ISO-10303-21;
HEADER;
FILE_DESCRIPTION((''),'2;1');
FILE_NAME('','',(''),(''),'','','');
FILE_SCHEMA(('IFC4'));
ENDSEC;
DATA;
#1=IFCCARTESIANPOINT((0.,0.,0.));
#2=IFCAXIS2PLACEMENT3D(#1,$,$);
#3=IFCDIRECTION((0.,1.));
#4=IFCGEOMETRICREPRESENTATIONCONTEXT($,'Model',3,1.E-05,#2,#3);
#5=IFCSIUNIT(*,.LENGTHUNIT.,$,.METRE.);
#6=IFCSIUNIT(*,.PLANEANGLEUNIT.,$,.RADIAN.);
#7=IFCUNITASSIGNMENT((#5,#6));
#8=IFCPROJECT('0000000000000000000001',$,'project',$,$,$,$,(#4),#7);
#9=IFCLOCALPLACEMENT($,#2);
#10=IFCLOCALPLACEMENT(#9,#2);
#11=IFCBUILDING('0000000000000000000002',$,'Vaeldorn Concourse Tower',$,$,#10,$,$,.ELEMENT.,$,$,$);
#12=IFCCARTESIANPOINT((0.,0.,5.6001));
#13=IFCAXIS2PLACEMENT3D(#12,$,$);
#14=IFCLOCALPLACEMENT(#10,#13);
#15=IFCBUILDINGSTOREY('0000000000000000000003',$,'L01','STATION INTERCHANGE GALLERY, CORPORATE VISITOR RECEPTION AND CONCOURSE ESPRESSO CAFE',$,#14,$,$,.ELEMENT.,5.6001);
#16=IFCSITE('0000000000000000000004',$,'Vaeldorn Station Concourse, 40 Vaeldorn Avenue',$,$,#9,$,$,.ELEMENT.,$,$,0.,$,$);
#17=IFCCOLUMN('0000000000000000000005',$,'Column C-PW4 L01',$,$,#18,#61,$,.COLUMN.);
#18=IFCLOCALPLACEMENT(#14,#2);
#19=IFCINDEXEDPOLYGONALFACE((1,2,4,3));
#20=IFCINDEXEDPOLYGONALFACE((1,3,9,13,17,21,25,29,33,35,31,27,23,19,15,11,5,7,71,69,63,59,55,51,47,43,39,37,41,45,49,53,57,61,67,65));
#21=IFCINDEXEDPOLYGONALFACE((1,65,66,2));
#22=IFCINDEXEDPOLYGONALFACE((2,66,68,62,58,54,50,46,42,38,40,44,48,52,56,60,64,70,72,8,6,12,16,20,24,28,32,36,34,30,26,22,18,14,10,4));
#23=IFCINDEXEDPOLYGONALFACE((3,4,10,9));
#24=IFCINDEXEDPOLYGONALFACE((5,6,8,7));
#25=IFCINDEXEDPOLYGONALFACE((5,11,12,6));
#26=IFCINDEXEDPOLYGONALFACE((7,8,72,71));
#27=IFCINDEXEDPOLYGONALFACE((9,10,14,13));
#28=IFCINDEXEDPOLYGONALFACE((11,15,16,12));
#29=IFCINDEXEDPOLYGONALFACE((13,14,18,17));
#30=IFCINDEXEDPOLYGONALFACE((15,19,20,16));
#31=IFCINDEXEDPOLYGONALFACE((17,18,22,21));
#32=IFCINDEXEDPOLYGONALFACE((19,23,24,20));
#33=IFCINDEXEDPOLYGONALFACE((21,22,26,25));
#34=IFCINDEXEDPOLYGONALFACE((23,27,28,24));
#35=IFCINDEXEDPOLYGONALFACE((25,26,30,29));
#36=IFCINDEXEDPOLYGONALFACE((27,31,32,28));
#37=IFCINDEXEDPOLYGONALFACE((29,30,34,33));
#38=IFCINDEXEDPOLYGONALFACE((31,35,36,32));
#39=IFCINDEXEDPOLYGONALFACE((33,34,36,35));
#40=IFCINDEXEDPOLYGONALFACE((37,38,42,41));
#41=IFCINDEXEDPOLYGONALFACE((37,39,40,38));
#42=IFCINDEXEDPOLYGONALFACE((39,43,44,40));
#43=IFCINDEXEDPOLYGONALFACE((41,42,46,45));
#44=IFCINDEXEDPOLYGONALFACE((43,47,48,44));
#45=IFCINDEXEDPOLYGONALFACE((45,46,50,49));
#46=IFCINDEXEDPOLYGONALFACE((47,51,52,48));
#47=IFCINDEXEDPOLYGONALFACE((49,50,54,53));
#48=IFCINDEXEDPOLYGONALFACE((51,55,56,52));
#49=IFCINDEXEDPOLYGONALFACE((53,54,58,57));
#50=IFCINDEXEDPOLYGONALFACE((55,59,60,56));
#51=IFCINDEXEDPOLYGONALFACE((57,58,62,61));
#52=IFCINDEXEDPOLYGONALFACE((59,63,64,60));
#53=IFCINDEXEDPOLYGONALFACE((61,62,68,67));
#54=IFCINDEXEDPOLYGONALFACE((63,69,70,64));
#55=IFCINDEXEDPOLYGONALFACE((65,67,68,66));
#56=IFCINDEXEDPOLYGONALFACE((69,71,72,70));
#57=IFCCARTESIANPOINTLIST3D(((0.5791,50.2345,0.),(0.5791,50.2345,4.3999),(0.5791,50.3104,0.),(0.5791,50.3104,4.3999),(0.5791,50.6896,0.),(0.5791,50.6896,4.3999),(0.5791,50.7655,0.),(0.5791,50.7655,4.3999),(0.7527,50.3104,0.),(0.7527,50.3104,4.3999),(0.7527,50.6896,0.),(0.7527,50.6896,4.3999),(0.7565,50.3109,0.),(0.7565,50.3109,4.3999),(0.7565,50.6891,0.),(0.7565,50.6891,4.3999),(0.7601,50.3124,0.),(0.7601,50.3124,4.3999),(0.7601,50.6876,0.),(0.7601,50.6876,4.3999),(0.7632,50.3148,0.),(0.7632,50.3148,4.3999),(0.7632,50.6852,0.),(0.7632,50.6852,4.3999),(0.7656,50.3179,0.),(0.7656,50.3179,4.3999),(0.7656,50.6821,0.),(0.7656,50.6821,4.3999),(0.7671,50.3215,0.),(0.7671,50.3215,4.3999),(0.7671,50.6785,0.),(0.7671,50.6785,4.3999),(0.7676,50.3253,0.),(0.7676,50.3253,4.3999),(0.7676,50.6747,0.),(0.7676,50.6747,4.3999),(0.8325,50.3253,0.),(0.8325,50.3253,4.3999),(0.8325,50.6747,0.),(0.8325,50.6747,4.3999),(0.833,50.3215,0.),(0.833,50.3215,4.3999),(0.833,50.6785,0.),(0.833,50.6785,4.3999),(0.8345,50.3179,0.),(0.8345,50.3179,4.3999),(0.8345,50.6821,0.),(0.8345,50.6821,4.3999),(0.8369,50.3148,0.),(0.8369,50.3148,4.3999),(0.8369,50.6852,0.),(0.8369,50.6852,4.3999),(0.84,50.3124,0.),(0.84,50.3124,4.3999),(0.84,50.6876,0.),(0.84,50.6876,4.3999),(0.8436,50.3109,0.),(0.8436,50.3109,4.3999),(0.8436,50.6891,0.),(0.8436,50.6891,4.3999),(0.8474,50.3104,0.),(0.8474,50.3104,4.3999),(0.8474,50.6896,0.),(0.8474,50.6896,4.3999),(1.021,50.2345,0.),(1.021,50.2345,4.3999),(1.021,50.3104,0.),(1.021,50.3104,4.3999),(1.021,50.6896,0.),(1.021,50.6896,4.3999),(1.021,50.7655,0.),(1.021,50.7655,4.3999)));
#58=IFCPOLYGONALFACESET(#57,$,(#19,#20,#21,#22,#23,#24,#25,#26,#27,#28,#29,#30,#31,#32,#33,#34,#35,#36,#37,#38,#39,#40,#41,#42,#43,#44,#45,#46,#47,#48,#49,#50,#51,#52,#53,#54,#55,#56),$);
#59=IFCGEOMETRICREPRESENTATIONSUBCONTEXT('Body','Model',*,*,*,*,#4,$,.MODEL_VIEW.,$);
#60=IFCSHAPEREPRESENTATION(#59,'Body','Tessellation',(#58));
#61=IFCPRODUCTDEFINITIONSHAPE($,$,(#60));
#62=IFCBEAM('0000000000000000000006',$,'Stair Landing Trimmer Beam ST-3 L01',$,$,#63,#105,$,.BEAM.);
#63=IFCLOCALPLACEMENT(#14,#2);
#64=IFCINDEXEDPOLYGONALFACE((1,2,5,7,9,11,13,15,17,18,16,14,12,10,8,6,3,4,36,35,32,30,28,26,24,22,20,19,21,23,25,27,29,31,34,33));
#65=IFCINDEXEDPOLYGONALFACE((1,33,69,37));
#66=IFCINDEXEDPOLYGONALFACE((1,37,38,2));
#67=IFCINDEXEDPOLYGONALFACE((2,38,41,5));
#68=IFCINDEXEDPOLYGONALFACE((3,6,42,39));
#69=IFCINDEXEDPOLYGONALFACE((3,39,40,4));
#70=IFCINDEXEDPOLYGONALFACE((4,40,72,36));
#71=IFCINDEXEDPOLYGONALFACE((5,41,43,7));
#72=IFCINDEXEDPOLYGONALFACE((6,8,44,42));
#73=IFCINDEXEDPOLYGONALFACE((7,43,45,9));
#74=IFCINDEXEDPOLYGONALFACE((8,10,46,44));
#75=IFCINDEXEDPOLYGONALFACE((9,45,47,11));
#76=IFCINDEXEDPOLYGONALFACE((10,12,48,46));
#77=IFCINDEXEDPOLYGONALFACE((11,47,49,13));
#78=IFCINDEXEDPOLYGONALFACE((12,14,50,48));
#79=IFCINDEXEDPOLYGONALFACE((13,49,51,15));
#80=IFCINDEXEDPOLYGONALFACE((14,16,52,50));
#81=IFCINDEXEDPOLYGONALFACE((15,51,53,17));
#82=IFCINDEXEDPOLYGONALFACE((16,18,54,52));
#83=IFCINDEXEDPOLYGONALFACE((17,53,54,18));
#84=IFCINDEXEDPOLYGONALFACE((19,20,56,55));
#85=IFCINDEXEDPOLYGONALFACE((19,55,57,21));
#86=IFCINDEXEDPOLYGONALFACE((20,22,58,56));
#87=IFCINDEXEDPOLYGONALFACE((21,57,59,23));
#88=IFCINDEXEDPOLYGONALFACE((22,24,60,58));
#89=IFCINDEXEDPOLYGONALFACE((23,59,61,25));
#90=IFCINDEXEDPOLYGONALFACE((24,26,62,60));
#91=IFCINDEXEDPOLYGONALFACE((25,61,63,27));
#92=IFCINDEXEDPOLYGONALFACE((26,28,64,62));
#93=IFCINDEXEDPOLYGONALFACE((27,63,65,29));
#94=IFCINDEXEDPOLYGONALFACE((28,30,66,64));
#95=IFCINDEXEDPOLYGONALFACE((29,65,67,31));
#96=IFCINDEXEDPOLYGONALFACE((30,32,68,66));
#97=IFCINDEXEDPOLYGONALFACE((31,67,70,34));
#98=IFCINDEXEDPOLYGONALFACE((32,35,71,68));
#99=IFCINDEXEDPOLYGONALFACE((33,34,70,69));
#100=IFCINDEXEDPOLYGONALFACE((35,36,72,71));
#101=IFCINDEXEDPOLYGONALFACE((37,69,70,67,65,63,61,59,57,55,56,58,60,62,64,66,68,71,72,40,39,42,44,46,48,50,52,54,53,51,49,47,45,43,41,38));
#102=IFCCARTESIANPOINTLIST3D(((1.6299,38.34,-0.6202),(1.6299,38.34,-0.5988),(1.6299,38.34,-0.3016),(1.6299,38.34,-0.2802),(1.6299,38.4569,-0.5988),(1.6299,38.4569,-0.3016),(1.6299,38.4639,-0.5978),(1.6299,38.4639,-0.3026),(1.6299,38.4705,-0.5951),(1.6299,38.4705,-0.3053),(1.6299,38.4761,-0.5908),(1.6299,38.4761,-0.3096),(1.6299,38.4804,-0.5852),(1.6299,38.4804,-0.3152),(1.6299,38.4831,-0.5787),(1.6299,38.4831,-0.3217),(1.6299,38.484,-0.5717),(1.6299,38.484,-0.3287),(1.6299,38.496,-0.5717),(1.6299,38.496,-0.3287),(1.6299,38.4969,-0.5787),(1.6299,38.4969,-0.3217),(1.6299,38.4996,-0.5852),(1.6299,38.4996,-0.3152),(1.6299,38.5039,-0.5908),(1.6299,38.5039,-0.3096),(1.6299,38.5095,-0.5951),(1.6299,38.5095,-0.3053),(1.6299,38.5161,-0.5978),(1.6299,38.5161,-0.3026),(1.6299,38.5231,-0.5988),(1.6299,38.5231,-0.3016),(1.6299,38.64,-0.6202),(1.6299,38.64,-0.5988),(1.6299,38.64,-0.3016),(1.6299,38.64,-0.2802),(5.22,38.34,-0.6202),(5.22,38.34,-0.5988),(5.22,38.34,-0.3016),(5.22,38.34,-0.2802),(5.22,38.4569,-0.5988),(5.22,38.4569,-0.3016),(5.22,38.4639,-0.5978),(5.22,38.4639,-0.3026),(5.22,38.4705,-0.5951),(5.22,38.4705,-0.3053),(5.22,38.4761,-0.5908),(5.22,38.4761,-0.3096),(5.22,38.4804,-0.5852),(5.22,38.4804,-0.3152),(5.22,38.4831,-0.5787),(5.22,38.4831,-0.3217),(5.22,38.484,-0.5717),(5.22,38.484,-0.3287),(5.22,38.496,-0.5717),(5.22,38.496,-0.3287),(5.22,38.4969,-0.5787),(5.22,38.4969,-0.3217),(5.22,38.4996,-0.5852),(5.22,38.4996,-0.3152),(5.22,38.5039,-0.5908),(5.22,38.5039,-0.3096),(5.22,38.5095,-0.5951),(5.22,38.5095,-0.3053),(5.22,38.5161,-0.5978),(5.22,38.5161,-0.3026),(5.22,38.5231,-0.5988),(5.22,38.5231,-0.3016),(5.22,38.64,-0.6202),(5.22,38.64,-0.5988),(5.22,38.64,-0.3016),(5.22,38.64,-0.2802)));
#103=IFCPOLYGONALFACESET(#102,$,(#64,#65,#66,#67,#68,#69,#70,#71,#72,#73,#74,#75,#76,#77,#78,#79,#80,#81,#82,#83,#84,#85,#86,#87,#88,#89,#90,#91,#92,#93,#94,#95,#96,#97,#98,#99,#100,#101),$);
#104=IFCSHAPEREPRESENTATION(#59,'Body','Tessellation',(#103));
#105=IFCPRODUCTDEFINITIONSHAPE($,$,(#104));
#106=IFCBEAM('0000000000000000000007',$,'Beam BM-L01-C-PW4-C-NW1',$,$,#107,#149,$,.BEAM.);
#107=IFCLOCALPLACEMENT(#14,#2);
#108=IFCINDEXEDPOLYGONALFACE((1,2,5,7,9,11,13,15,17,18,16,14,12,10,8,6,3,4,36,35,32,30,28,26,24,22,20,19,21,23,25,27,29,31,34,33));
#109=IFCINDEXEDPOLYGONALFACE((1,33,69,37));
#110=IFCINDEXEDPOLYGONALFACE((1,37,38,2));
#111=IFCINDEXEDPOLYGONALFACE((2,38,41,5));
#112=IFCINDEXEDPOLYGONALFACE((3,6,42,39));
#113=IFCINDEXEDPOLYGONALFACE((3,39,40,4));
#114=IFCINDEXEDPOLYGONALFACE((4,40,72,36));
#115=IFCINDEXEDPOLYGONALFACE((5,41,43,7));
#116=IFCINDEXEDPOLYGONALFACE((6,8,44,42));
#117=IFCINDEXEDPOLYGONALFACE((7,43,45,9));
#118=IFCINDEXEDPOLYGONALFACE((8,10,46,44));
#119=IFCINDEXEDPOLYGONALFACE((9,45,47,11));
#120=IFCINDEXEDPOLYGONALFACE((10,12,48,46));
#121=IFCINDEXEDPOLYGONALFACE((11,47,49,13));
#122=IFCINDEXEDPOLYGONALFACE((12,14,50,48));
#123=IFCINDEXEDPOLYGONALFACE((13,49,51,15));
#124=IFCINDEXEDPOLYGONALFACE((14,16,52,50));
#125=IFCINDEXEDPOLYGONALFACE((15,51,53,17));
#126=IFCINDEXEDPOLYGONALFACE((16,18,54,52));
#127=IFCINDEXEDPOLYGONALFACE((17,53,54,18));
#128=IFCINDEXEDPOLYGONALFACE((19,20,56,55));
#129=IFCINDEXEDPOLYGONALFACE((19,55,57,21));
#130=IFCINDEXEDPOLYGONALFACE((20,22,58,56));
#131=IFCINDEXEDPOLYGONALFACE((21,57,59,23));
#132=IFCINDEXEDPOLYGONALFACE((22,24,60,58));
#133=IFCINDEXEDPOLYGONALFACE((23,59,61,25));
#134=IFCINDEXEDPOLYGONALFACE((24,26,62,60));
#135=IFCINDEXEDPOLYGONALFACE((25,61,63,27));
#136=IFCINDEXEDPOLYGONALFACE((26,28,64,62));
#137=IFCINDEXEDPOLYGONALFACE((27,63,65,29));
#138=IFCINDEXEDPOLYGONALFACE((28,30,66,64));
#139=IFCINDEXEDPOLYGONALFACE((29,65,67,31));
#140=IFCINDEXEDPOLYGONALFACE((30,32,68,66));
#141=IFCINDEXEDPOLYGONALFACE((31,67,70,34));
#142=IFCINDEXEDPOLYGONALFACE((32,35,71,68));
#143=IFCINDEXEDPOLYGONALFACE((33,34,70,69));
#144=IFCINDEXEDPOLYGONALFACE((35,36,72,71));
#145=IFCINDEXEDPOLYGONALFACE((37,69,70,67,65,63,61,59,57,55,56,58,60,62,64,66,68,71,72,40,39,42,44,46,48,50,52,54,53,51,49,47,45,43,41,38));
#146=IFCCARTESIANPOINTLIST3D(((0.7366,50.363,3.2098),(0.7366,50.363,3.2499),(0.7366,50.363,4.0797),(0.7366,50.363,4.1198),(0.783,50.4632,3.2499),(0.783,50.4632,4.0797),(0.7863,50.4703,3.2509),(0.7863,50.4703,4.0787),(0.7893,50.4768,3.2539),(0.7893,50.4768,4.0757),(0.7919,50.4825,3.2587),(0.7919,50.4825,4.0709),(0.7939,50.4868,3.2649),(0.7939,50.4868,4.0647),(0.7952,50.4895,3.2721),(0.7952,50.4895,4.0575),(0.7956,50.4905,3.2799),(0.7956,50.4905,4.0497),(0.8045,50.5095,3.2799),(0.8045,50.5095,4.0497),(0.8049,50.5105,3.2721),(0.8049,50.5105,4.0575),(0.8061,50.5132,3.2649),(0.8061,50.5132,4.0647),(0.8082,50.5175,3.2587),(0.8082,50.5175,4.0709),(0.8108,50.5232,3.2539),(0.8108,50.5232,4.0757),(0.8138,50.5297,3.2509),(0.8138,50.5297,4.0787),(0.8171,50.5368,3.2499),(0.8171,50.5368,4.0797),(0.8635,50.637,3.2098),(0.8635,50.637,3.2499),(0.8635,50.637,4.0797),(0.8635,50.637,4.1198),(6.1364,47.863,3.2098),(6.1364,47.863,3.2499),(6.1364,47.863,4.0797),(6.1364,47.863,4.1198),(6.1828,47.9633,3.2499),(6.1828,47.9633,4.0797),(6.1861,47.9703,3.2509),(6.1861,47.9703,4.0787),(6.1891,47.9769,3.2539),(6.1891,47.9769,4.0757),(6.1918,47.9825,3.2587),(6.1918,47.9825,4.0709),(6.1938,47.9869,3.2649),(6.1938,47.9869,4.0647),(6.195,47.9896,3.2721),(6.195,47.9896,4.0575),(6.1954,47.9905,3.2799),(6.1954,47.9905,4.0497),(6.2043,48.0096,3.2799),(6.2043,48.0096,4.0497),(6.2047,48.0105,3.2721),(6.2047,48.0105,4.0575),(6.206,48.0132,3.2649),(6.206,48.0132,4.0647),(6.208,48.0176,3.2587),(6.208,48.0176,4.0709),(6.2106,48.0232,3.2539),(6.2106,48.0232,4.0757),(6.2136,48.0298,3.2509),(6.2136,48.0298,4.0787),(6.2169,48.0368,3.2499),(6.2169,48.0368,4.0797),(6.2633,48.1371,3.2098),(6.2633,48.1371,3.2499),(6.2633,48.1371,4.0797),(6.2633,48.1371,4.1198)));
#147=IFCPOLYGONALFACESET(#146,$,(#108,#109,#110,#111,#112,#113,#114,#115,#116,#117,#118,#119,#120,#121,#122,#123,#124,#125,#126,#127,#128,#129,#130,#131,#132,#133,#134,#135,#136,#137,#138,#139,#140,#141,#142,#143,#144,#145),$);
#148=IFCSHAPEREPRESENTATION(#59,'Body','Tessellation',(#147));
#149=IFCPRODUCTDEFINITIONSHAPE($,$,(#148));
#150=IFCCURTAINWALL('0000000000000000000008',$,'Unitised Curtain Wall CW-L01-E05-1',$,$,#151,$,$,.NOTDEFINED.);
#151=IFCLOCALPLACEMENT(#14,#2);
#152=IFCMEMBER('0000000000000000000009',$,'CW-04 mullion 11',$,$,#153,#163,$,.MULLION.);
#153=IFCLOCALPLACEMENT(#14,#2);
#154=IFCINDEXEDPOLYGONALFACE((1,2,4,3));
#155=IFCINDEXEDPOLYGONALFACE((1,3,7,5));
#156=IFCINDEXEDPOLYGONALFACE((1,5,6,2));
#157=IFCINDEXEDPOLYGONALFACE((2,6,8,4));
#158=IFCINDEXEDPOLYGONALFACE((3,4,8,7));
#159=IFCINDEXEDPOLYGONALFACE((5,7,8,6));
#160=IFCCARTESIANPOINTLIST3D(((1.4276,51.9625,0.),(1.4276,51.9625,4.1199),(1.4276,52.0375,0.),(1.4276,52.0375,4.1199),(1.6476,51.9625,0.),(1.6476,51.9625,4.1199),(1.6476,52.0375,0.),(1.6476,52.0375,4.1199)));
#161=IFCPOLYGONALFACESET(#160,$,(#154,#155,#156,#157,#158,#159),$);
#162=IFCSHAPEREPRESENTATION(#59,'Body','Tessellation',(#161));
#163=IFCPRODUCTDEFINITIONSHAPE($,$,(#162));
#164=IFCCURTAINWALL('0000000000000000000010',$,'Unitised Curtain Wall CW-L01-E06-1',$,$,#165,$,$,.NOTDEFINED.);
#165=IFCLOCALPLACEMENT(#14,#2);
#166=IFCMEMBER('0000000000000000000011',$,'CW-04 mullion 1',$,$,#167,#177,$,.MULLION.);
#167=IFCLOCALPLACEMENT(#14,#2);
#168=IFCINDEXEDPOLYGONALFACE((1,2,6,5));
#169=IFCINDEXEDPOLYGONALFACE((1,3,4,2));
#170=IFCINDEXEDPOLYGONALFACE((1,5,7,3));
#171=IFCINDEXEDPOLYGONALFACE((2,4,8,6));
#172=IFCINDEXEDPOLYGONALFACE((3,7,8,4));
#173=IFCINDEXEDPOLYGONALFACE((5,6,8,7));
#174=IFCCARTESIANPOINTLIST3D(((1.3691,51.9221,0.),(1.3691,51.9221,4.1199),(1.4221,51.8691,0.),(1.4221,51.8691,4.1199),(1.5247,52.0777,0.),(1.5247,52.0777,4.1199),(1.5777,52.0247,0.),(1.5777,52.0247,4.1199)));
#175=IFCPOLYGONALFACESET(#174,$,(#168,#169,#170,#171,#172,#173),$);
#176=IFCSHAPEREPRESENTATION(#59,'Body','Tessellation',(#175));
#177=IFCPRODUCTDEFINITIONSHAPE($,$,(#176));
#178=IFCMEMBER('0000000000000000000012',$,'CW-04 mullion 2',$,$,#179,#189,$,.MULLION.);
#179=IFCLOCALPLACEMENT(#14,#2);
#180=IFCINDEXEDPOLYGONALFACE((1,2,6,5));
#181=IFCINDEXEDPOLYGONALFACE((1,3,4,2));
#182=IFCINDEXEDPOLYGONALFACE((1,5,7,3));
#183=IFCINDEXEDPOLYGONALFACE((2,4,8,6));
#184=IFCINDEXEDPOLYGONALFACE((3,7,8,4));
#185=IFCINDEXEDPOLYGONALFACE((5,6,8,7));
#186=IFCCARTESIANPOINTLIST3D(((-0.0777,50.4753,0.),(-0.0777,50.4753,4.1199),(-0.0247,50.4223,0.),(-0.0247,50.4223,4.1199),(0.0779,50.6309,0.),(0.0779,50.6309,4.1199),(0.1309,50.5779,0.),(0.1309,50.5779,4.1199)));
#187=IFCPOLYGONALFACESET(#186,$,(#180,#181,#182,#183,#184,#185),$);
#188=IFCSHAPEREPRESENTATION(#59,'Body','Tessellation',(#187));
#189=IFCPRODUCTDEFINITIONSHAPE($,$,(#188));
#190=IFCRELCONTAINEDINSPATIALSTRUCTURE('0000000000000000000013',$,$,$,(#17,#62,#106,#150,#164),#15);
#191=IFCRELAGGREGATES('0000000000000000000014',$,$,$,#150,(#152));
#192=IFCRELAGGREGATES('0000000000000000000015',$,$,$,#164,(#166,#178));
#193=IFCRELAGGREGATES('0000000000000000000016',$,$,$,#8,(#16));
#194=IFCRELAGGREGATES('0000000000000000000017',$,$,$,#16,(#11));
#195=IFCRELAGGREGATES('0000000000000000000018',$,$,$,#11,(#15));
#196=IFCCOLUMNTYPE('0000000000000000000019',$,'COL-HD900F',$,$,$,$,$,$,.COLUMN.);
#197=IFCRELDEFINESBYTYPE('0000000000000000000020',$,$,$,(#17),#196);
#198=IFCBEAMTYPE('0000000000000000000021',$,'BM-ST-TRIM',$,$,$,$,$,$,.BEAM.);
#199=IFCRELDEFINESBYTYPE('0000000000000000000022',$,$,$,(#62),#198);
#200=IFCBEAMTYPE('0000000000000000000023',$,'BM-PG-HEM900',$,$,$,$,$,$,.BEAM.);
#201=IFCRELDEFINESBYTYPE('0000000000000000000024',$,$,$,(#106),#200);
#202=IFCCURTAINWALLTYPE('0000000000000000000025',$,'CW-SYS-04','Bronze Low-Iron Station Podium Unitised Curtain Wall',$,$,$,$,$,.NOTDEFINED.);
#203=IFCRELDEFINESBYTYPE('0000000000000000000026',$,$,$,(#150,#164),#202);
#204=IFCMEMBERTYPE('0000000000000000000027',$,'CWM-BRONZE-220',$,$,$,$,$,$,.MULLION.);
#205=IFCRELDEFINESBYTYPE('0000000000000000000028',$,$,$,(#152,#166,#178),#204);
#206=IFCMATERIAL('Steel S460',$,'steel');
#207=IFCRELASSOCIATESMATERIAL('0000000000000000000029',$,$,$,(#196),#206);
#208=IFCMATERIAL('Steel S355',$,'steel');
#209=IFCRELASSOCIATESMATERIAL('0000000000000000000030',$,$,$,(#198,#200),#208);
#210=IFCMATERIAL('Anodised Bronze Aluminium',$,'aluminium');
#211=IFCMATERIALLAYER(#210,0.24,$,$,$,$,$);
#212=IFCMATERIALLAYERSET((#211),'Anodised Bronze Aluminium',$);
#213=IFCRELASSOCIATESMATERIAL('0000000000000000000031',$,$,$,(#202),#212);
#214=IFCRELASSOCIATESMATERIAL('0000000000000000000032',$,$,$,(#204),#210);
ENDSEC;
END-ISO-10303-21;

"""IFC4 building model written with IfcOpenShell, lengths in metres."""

from ifc_helpers import new_model, si_unit, direction, frame, origin, origin_2d, place, context, subcontext, project, spatial, rectangle, i_section, extrude, source, transform, mapped, material, layer, layer_set, material_profile, profile_set, type_object, element, aggregate, save


model = new_model("IFC4")

# Units and contexts
model_context = context("Model", 3, precision=1e-05, world=origin(), true_north=direction((0.0, 1.0)))
body_context = subcontext(model_context, "Body", "Model", "MODEL_VIEW")
ifc_project = project(units=[si_unit("LENGTHUNIT", "METRE"), si_unit("PLANEANGLEUNIT", "RADIAN")], contexts=[model_context])

# Site, building, storey
site_placement = place(None, origin())
site = spatial("IfcSite", under=ifc_project, at=site_placement, Name="Vaeldorn Station Concourse, 40 Vaeldorn Avenue", CompositionType="ELEMENT", RefElevation=0.0)
building_placement = place(site_placement, origin())
building = spatial("IfcBuilding", under=site, at=building_placement, Name="Vaeldorn Concourse Tower", CompositionType="ELEMENT")
storey_placement = place(building_placement, frame((0.0, 0.0, 5.6001)))
storey = spatial("IfcBuildingStorey", under=building, at=storey_placement, Name="L01", Description="STATION INTERCHANGE GALLERY, CORPORATE VISITOR RECEPTION AND CONCOURSE ESPRESSO CAFE", CompositionType="ELEMENT", Elevation=5.6001)

# Column
ifc_material_1 = material(Name="Steel S460", Category="steel")
ifc_material_profile_1 = material_profile(ifc_material_1, i_section(OverallWidth=0.4419, OverallDepth=0.531, WebThickness=0.0649, FlangeThickness=0.0759, FilletRadius=0.0149, at=origin_2d()), Name="HD 400x900")
ifc_profile_set_1 = profile_set([ifc_material_profile_1], Name="Steel S460")
column_type = type_object("IfcColumnType", Name="COL-HD900F", PredefinedType="COLUMN", material=ifc_profile_set_1)
shared_shape_1 = source(origin(), body_context, "Body", "SweptSolid", [
    extrude(i_section(OverallWidth=0.4419, OverallDepth=0.531, WebThickness=0.0649, FlangeThickness=0.0759, FilletRadius=0.0149, at=origin_2d()), origin(), (0.0, 0.0, 1.0), 4.3999),
])
column_placement = place(storey_placement, frame((0.8, 50.5, 0.0), z_axis=(0.0, 0.0, 1.0), x_axis=(1.0, 0.0, 0.0)))
element("IfcColumn", 1, at=column_placement, inside=storey, type_object=column_type, Name="Column C-PW4 L01", PredefinedType="COLUMN", context=body_context, shape_type="MappedRepresentation", body=[
    mapped(shared_shape_1, transform((0.0, 0.0, 0.0), scale=1.0)),
])

# Beams
ifc_material_2 = material(Name="Steel S355", Category="steel")
ifc_material_profile_2 = material_profile(ifc_material_2, i_section(OverallWidth=0.3, OverallDepth=0.3401, WebThickness=0.012, FlangeThickness=0.0215, FilletRadius=0.0271, at=origin_2d()), Name="HEB 340")
ifc_profile_set_2 = profile_set([ifc_material_profile_2], Name="Steel S355")
beam_type_1 = type_object("IfcBeamType", Name="BM-ST-TRIM", PredefinedType="BEAM", material=ifc_profile_set_2)
shared_shape_2 = source(origin(), body_context, "Body", "SweptSolid", [
    extrude(i_section(OverallWidth=0.3, OverallDepth=0.3401, WebThickness=0.012, FlangeThickness=0.0215, FilletRadius=0.0271, at=origin_2d()), origin(), (0.0, 0.0, 1.0), 3.5901),
])
beam_1_placement = place(storey_placement, frame((1.6299, 38.49, -0.4502), z_axis=(1.0, 0.0, 0.0), x_axis=(0.0, 1.0, 0.0)))
element("IfcBeam", 2, at=beam_1_placement, inside=storey, type_object=beam_type_1, Name="Stair Landing Trimmer Beam ST-3 L01", PredefinedType="BEAM", context=body_context, shape_type="MappedRepresentation", body=[
    mapped(shared_shape_2, transform((0.0, 0.0, 0.0), scale=1.0)),
])
ifc_material_profile_3 = material_profile(ifc_material_2, i_section(OverallWidth=0.302, OverallDepth=0.9099, WebThickness=0.021, FlangeThickness=0.04, FilletRadius=0.03, at=origin_2d()), Name="HEM 900")
ifc_profile_set_3 = profile_set([ifc_material_profile_3], Name="Steel S355")
beam_type_2 = type_object("IfcBeamType", Name="BM-PG-HEM900", PredefinedType="BEAM", material=ifc_profile_set_3)
shared_shape_3 = source(origin(), body_context, "Body", "SweptSolid", [
    extrude(i_section(OverallWidth=0.302, OverallDepth=0.9099, WebThickness=0.021, FlangeThickness=0.04, FilletRadius=0.03, at=origin_2d()), origin(), (0.0, 0.0, 1.0), 5.9504),
])
beam_2_placement = place(storey_placement, frame((0.8, 50.5, 3.6648), z_axis=(0.907464, -0.42013, 0.0), x_axis=(0.42013, 0.907464, 0.0)))
element("IfcBeam", 3, at=beam_2_placement, inside=storey, type_object=beam_type_2, Name="Beam BM-L01-C-PW4-C-NW1", PredefinedType="BEAM", context=body_context, shape_type="MappedRepresentation", body=[
    mapped(shared_shape_3, transform((0.0, 0.0, 0.0), scale=1.0)),
])

# Curtain wall, member
ifc_material_3 = material(Name="Anodised Bronze Aluminium", Category="aluminium")
ifc_layer_1 = layer(ifc_material_3, 0.24)
ifc_layer_set_1 = layer_set([ifc_layer_1], Name="Anodised Bronze Aluminium")
curtain_wall_type = type_object("IfcCurtainWallType", Name="CW-SYS-04", Description="Bronze Low-Iron Station Podium Unitised Curtain Wall", PredefinedType="NOTDEFINED", material=ifc_layer_set_1)
curtain_wall_1_placement = place(storey_placement, origin())
curtain_wall_1 = element("IfcCurtainWall", 4, at=curtain_wall_1_placement, inside=storey, type_object=curtain_wall_type, Name="Unitised Curtain Wall CW-L01-E05-1", PredefinedType="NOTDEFINED")
ifc_material_profile_4 = material_profile(ifc_material_3, rectangle(XDim=0.075, YDim=0.22, at=origin_2d()), Name="CWM 75x220")
ifc_profile_set_4 = profile_set([ifc_material_profile_4], Name="Anodised Bronze Aluminium")
member_type_1 = type_object("IfcMemberType", Name="CWM-BRONZE-220", PredefinedType="MULLION", material=ifc_profile_set_4)
shared_shape_4 = source(origin(), body_context, "Body", "SweptSolid", [
    extrude(rectangle(XDim=0.075, YDim=0.22, at=origin_2d()), origin(), (0.0, 0.0, 1.0), 4.1199),
])
member_1_placement = place(storey_placement, frame((1.5376, 52.0, 0.0), z_axis=(0.0, 0.0, 1.0), x_axis=(0.0, -1.0, 0.0)))
member_1 = element("IfcMember", 5, at=member_1_placement, type_object=member_type_1, Name="CW-04 mullion 11", PredefinedType="MULLION", context=body_context, shape_type="MappedRepresentation", body=[
    mapped(shared_shape_4, transform((0.0, 0.0, 0.0), scale=1.0)),
])
aggregate(curtain_wall_1, [member_1])

# Curtain wall, members
curtain_wall_2_placement = place(storey_placement, origin())
curtain_wall_2 = element("IfcCurtainWall", 6, at=curtain_wall_2_placement, inside=storey, type_object=curtain_wall_type, Name="Unitised Curtain Wall CW-L01-E06-1", PredefinedType="NOTDEFINED")
member_2_placement = place(storey_placement, frame((1.4734, 51.9734, 0.0), z_axis=(0.0, 0.0, 1.0), x_axis=(0.707107, -0.707107, 0.0)))
member_2 = element("IfcMember", 7, at=member_2_placement, type_object=member_type_1, Name="CW-04 mullion 1", PredefinedType="MULLION", context=body_context, shape_type="MappedRepresentation", body=[
    mapped(shared_shape_4, transform((0.0, 0.0, 0.0), scale=1.0)),
])
member_3_placement = place(storey_placement, frame((0.0266, 50.5266, 0.0), z_axis=(0.0, 0.0, 1.0), x_axis=(0.707107, -0.707107, 0.0)))
member_3 = element("IfcMember", 8, at=member_3_placement, type_object=member_type_1, Name="CW-04 mullion 2", PredefinedType="MULLION", context=body_context, shape_type="MappedRepresentation", body=[
    mapped(shared_shape_4, transform((0.0, 0.0, 0.0), scale=1.0)),
])

aggregate(curtain_wall_2, [member_2, member_3])

save(model, "model.ifc")
